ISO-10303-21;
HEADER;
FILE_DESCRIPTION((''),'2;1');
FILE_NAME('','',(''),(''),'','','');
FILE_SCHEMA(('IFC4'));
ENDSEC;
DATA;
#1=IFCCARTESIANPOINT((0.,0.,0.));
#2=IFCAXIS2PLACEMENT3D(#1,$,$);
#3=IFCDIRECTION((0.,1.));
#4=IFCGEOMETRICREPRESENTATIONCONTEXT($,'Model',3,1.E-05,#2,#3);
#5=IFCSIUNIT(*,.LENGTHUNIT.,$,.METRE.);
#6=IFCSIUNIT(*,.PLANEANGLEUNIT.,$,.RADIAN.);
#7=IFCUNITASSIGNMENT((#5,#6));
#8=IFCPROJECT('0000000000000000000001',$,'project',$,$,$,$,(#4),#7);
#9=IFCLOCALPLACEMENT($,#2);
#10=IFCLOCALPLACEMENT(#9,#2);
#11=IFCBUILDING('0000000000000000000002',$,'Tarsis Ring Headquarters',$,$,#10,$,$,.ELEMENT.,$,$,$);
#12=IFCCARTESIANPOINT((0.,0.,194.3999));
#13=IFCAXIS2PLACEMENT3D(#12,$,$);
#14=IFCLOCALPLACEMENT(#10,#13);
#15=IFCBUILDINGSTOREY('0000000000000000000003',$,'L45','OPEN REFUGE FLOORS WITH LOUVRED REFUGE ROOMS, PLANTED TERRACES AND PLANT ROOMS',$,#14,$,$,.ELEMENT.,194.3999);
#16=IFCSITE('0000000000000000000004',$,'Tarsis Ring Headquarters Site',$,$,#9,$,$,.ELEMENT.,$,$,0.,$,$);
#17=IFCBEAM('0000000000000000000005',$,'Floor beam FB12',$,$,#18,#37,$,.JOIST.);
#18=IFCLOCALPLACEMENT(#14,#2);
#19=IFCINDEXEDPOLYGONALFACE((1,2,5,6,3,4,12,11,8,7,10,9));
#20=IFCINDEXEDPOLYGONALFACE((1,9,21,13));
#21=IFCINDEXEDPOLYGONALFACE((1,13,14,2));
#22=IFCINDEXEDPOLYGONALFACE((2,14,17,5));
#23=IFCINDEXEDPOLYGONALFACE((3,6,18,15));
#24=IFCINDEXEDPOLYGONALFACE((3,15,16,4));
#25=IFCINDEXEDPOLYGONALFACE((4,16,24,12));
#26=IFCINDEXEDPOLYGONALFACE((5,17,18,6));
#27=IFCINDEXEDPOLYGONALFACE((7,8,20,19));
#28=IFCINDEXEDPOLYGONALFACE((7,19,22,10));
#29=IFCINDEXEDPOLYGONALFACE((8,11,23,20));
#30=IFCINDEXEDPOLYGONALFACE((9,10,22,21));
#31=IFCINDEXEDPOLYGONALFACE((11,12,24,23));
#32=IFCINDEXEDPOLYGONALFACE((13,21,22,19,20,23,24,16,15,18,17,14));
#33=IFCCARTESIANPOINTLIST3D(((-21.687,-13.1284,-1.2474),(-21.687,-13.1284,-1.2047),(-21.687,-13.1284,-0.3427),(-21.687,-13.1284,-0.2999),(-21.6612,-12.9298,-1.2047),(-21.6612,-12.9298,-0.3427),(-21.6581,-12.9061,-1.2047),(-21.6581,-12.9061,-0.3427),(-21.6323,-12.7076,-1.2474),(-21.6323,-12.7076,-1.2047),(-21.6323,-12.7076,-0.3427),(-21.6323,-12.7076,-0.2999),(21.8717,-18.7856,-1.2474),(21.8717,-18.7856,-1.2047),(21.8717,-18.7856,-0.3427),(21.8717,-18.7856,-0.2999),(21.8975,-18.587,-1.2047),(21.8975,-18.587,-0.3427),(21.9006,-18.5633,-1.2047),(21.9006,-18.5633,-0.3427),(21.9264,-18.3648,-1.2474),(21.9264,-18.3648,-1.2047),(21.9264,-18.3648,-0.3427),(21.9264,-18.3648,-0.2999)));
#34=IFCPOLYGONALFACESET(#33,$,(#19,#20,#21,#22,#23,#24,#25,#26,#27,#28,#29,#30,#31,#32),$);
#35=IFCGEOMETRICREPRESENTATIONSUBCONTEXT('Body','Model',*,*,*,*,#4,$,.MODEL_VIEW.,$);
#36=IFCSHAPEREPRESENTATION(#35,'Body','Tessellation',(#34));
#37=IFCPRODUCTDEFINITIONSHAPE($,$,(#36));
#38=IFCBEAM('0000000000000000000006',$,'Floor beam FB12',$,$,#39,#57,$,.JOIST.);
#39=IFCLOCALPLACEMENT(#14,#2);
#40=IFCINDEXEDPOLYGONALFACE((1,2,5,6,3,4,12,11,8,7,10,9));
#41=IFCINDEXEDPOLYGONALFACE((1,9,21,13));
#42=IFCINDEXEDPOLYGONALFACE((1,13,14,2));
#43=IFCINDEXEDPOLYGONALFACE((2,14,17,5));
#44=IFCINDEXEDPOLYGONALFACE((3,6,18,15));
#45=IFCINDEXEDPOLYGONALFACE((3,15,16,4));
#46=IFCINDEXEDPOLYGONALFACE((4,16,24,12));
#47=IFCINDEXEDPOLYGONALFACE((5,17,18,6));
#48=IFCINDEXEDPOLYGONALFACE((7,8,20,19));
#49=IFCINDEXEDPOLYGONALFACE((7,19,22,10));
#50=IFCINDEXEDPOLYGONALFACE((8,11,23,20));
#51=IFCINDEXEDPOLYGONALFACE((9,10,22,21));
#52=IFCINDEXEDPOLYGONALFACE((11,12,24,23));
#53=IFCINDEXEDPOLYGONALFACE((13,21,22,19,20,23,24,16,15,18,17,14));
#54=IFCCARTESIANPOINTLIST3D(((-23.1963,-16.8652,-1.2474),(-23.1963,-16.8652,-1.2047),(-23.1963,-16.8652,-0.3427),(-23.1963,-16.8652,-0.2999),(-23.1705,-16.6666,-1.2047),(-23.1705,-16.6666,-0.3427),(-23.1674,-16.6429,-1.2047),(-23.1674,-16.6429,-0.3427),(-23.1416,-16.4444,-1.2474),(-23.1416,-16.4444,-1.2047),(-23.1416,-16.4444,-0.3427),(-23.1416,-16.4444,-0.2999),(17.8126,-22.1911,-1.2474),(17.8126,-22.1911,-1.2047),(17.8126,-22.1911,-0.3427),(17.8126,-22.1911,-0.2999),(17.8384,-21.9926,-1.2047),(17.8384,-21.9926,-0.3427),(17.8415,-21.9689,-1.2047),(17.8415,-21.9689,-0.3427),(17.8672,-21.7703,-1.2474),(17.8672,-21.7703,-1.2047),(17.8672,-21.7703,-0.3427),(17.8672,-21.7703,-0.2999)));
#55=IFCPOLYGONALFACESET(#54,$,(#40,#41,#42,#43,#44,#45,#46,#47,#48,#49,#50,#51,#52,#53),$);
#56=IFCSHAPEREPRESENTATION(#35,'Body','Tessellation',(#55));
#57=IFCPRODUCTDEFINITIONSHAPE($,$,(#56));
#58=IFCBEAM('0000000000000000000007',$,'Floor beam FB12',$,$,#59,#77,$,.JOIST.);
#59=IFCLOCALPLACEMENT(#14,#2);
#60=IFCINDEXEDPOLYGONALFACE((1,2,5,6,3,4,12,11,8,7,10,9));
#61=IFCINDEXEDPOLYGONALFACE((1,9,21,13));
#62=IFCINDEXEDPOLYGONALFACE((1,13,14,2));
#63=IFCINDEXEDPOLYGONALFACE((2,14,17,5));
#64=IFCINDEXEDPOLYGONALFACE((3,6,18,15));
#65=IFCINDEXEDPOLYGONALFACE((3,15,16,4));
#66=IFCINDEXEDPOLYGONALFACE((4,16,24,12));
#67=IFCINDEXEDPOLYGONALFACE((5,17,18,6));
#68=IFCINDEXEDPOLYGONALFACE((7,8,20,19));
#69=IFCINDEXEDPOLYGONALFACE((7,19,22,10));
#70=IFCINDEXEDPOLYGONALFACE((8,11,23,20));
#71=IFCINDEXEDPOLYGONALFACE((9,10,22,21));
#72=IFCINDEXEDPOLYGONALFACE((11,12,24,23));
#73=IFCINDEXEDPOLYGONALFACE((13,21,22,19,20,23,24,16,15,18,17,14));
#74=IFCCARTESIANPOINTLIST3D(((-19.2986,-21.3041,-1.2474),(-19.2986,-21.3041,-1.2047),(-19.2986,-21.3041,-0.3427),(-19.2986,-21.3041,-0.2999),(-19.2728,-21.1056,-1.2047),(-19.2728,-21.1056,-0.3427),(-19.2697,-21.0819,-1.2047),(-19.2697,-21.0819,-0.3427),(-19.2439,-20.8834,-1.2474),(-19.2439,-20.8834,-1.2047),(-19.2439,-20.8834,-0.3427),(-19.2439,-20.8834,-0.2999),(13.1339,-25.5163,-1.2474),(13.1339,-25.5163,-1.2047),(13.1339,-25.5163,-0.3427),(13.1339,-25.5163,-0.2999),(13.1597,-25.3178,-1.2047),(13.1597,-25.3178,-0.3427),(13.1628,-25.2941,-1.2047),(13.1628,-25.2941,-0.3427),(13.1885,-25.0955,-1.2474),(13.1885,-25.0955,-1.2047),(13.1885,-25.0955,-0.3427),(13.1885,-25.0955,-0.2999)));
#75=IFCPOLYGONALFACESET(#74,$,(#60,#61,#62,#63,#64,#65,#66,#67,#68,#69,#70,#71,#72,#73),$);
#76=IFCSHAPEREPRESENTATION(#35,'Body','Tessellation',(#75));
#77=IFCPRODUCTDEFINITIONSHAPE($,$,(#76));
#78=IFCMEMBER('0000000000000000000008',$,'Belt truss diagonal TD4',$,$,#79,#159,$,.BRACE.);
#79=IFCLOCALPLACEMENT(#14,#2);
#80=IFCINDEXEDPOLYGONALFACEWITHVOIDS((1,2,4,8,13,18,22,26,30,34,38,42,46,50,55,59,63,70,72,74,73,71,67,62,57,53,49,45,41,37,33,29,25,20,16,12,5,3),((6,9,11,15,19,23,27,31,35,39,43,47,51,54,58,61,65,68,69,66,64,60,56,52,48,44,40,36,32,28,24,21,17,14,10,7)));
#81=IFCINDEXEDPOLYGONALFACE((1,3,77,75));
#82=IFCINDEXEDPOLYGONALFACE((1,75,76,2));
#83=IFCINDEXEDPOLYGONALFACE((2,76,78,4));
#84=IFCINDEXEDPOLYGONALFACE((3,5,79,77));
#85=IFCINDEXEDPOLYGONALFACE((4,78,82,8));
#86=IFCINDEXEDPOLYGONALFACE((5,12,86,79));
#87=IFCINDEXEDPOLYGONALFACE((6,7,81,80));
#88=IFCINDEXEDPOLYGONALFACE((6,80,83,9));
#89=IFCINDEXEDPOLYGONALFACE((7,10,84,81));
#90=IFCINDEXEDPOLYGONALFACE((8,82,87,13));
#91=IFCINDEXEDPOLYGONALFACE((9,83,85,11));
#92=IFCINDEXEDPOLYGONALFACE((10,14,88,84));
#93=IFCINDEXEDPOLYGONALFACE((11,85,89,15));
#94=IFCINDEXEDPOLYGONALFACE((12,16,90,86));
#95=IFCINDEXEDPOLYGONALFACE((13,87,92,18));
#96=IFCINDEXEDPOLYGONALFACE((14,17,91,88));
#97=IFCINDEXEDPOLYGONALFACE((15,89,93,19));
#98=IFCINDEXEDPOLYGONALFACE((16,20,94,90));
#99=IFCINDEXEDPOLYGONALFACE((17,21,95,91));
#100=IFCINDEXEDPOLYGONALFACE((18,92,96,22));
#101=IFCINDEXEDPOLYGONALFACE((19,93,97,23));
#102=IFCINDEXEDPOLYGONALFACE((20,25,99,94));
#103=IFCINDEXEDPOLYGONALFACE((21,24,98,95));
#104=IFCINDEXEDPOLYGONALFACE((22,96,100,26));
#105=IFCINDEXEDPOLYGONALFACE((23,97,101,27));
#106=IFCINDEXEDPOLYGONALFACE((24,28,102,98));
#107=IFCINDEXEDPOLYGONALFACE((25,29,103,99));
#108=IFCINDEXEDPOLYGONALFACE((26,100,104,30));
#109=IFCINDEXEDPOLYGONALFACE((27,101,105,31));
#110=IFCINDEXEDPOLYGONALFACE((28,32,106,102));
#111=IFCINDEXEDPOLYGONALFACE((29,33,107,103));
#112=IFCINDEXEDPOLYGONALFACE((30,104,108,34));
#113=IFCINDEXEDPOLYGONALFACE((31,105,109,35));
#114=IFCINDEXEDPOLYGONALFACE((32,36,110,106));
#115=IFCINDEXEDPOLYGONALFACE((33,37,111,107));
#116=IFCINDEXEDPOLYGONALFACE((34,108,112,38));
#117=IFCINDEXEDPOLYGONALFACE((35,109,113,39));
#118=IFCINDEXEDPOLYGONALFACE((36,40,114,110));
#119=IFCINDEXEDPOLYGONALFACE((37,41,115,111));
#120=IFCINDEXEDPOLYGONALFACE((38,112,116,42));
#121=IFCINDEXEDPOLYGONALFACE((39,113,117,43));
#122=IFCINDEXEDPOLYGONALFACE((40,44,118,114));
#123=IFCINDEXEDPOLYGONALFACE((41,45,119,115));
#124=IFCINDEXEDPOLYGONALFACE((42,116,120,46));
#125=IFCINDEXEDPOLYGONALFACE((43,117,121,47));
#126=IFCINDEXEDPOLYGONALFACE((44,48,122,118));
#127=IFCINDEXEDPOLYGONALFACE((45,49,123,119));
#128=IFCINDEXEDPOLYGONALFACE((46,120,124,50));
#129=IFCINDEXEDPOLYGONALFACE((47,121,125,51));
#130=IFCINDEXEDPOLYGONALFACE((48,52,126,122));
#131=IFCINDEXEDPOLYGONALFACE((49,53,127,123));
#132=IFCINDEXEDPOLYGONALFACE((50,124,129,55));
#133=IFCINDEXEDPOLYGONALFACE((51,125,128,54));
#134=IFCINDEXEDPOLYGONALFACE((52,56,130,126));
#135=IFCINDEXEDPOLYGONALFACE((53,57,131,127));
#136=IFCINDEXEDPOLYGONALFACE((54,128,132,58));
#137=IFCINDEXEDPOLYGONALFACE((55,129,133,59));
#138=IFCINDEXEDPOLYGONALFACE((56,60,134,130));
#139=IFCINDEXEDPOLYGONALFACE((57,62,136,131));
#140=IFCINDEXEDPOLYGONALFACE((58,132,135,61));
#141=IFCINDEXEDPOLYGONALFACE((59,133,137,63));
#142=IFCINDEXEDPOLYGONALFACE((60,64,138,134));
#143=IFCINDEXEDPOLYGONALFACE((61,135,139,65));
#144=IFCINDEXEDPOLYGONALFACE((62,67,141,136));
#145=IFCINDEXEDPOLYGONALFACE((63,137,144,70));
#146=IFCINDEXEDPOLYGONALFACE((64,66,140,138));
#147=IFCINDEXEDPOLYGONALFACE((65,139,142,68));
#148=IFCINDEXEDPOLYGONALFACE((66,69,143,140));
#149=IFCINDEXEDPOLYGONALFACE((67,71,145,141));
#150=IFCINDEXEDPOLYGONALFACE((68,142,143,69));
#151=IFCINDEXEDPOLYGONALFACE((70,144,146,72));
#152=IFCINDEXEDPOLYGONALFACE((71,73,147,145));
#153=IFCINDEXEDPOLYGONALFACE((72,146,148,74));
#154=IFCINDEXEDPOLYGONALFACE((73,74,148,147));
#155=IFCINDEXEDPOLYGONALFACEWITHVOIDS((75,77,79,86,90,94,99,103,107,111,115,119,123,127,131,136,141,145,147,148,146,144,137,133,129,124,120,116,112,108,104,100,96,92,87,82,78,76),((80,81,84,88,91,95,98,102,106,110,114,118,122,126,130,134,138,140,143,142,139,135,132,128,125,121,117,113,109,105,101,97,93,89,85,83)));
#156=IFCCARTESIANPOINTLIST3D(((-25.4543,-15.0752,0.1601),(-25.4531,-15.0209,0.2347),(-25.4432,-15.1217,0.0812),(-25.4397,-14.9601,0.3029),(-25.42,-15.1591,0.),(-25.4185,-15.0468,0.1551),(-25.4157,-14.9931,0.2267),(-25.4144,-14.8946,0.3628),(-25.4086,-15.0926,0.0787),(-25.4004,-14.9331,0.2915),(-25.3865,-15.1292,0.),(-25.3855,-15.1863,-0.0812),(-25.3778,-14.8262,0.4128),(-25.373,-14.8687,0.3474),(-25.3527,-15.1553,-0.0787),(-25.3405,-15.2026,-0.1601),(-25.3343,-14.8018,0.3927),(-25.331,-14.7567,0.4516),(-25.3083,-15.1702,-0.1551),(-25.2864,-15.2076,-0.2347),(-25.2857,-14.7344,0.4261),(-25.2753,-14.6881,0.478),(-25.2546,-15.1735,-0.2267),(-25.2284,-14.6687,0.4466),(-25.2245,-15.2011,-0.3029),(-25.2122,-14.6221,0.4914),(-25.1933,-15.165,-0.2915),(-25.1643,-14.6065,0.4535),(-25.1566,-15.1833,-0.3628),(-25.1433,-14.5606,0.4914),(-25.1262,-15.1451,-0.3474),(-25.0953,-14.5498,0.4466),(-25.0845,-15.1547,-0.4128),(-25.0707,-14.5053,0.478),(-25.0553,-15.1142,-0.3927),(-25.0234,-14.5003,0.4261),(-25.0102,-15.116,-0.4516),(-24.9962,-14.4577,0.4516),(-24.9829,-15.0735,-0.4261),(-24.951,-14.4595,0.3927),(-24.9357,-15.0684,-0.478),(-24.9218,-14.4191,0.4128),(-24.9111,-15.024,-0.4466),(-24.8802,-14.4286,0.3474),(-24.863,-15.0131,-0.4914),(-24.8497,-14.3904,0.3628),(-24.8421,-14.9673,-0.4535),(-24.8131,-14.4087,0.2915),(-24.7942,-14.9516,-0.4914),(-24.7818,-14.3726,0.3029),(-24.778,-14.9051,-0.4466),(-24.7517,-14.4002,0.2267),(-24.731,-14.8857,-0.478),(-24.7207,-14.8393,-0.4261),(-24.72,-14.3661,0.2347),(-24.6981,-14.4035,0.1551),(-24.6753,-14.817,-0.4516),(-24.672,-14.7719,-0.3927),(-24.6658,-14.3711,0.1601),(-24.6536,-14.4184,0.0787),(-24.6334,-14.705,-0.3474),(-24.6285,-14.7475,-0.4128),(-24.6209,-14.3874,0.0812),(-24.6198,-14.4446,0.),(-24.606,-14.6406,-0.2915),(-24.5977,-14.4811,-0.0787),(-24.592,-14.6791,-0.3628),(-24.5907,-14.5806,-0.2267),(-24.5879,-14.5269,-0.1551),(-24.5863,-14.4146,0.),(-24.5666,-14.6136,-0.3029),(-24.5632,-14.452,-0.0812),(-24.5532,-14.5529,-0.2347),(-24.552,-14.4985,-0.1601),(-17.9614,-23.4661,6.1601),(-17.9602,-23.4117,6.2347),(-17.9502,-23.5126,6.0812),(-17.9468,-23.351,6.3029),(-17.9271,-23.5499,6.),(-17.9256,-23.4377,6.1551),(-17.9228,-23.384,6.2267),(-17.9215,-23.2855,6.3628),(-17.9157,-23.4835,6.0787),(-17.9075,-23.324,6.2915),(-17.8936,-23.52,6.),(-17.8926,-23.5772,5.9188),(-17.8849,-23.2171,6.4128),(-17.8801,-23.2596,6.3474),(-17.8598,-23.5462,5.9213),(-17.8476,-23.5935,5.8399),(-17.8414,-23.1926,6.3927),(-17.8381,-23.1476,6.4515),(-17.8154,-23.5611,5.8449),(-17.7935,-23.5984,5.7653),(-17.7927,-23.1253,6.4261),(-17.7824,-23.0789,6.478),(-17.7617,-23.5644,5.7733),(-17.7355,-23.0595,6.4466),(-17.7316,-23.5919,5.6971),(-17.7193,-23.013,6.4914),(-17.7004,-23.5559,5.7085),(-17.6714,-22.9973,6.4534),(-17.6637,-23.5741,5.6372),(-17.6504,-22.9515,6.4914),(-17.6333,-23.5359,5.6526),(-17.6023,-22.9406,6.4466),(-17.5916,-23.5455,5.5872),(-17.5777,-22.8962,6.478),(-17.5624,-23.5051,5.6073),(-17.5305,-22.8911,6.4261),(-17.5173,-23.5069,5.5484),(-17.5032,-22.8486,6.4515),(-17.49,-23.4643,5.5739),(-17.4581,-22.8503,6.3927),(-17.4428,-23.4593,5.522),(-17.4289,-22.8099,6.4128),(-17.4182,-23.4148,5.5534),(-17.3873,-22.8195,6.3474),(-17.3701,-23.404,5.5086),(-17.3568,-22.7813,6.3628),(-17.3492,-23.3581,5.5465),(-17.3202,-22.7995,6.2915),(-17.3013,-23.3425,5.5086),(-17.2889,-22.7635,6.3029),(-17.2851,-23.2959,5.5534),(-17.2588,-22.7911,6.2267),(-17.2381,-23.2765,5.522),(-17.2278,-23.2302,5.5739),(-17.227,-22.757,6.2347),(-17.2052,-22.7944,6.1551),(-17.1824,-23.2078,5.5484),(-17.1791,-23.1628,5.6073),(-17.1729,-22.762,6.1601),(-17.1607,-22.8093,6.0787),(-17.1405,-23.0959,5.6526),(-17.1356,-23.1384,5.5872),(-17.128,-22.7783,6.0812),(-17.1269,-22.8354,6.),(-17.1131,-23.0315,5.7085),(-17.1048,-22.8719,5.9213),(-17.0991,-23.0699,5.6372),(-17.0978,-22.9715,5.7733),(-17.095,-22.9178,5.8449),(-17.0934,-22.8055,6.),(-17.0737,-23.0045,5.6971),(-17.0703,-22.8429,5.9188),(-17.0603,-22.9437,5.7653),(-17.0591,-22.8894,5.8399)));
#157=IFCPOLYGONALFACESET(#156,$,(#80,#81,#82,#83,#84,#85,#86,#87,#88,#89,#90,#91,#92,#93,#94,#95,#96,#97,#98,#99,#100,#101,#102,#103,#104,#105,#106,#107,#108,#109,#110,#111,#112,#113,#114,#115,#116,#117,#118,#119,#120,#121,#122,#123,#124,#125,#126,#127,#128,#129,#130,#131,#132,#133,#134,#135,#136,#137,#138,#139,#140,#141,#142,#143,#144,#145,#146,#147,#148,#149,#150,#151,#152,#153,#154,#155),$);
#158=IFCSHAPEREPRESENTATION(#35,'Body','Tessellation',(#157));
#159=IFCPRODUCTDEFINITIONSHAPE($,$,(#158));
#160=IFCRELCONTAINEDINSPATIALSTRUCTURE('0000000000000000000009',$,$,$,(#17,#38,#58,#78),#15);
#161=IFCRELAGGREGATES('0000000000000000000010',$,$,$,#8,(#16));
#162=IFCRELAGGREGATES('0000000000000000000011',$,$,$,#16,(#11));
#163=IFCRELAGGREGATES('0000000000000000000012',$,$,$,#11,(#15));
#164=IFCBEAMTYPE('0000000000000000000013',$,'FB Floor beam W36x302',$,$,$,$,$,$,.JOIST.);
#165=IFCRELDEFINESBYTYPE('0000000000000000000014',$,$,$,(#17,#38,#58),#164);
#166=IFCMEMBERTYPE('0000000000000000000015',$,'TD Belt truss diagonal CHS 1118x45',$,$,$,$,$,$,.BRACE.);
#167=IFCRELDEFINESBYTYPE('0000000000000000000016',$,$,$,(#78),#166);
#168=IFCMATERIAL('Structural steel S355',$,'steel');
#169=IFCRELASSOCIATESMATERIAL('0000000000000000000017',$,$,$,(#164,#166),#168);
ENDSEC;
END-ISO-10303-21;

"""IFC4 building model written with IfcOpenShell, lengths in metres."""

from ifc_helpers import new_model, si_unit, direction, frame, origin, origin_2d, place, context, subcontext, project, spatial, hollow_circle, i_section, extrude, material, material_profile, profile_set, type_object, element, save


model = new_model("IFC4")

# Units and contexts
model_context = context("Model", 3, precision=1e-05, world=origin(), true_north=direction((0.0, 1.0)))
body_context = subcontext(model_context, "Body", "Model", "MODEL_VIEW")
ifc_project = project(units=[si_unit("LENGTHUNIT", "METRE"), si_unit("PLANEANGLEUNIT", "RADIAN")], contexts=[model_context])

# Site, building, storey
site_placement = place(None, origin())
site = spatial("IfcSite", under=ifc_project, at=site_placement, Name="Tarsis Ring Headquarters Site", CompositionType="ELEMENT", RefElevation=0.0)
building_placement = place(site_placement, origin())
building = spatial("IfcBuilding", under=site, at=building_placement, Name="Tarsis Ring Headquarters", CompositionType="ELEMENT")
storey_placement = place(building_placement, frame((0.0, 0.0, 194.3999)))
storey = spatial("IfcBuildingStorey", under=building, at=storey_placement, Name="L45", Description="OPEN REFUGE FLOORS WITH LOUVRED REFUGE ROOMS, PLANTED TERRACES AND PLANT ROOMS", CompositionType="ELEMENT", Elevation=194.3999)

# Shared definitions
ifc_material_1 = material(Name="Structural steel S355", Category="steel")
ifc_material_profile_1 = material_profile(ifc_material_1, hollow_circle(Radius=0.5588, WallThickness=0.0449, at=origin_2d()), Name="CHS 1118x45")
ifc_profile_set_1 = profile_set([ifc_material_profile_1], Name="Structural steel S355")

# Beams
ifc_material_profile_2 = material_profile(ifc_material_1, i_section(OverallWidth=0.4243, OverallDepth=0.9475, WebThickness=0.0239, FlangeThickness=0.0427, at=origin_2d()), Name="W36x302")
ifc_profile_set_2 = profile_set([ifc_material_profile_2], Name="Structural steel S355")
beam_type_1 = type_object("IfcBeamType", Name="FB Floor beam W36x302", PredefinedType="JOIST", material=ifc_profile_set_2)
beam_1_placement = place(storey_placement, frame((-21.6597, -12.918, -0.7737), z_axis=(0.991671, -0.128794, 0.0), x_axis=(0.128794, 0.991671, 0.0)))
element("IfcBeam", 1, at=beam_1_placement, inside=storey, type_object=beam_type_1, Name="Floor beam FB12", PredefinedType="JOIST", context=body_context, shape_type="SweptSolid", body=[
    extrude(i_section(OverallWidth=0.4243, OverallDepth=0.9475, WebThickness=0.0239, FlangeThickness=0.0427, at=origin_2d()), origin(), (0.0, 0.0, 1.0), 43.9246),
])
beam_2_placement = place(storey_placement, frame((-23.1689, -16.6548, -0.7737), z_axis=(0.991672, -0.128791, 0.0), x_axis=(0.128791, 0.991672, 0.0)))
element("IfcBeam", 2, at=beam_2_placement, inside=storey, type_object=beam_type_1, Name="Floor beam FB12", PredefinedType="JOIST", context=body_context, shape_type="SweptSolid", body=[
    extrude(i_section(OverallWidth=0.4243, OverallDepth=0.9475, WebThickness=0.0239, FlangeThickness=0.0427, at=origin_2d()), origin(), (0.0, 0.0, 1.0), 41.3533),
])
beam_3_placement = place(storey_placement, frame((-19.2712, -21.0938, -0.7737), z_axis=(0.991671, -0.128793, 0.0), x_axis=(0.128793, 0.991671, 0.0)))
element("IfcBeam", 3, at=beam_3_placement, inside=storey, type_object=beam_type_1, Name="Floor beam FB12", PredefinedType="JOIST", context=body_context, shape_type="SweptSolid", body=[
    extrude(i_section(OverallWidth=0.4243, OverallDepth=0.9475, WebThickness=0.0239, FlangeThickness=0.0427, at=origin_2d()), origin(), (0.0, 0.0, 1.0), 32.7048),
])

# Member
member_type = type_object("IfcMemberType", Name="TD Belt truss diagonal CHS 1118x45", PredefinedType="BRACE", material=ifc_profile_set_1)
member_1_placement = place(storey_placement, frame((-25.0032, -14.7869, 0.0), z_axis=(0.587702, -0.658132, 0.470606), x_axis=(0.74589, 0.666069, 0.0)))
element("IfcMember", 4, at=member_1_placement, inside=storey, type_object=member_type, Name="Belt truss diagonal TD4", PredefinedType="BRACE", context=body_context, shape_type="SweptSolid", body=[
    extrude(hollow_circle(Radius=0.5588, WallThickness=0.0449, at=origin_2d()), origin(), (0.0, 0.0, 1.0), 12.7495),
])

save(model, "model.ifc")
